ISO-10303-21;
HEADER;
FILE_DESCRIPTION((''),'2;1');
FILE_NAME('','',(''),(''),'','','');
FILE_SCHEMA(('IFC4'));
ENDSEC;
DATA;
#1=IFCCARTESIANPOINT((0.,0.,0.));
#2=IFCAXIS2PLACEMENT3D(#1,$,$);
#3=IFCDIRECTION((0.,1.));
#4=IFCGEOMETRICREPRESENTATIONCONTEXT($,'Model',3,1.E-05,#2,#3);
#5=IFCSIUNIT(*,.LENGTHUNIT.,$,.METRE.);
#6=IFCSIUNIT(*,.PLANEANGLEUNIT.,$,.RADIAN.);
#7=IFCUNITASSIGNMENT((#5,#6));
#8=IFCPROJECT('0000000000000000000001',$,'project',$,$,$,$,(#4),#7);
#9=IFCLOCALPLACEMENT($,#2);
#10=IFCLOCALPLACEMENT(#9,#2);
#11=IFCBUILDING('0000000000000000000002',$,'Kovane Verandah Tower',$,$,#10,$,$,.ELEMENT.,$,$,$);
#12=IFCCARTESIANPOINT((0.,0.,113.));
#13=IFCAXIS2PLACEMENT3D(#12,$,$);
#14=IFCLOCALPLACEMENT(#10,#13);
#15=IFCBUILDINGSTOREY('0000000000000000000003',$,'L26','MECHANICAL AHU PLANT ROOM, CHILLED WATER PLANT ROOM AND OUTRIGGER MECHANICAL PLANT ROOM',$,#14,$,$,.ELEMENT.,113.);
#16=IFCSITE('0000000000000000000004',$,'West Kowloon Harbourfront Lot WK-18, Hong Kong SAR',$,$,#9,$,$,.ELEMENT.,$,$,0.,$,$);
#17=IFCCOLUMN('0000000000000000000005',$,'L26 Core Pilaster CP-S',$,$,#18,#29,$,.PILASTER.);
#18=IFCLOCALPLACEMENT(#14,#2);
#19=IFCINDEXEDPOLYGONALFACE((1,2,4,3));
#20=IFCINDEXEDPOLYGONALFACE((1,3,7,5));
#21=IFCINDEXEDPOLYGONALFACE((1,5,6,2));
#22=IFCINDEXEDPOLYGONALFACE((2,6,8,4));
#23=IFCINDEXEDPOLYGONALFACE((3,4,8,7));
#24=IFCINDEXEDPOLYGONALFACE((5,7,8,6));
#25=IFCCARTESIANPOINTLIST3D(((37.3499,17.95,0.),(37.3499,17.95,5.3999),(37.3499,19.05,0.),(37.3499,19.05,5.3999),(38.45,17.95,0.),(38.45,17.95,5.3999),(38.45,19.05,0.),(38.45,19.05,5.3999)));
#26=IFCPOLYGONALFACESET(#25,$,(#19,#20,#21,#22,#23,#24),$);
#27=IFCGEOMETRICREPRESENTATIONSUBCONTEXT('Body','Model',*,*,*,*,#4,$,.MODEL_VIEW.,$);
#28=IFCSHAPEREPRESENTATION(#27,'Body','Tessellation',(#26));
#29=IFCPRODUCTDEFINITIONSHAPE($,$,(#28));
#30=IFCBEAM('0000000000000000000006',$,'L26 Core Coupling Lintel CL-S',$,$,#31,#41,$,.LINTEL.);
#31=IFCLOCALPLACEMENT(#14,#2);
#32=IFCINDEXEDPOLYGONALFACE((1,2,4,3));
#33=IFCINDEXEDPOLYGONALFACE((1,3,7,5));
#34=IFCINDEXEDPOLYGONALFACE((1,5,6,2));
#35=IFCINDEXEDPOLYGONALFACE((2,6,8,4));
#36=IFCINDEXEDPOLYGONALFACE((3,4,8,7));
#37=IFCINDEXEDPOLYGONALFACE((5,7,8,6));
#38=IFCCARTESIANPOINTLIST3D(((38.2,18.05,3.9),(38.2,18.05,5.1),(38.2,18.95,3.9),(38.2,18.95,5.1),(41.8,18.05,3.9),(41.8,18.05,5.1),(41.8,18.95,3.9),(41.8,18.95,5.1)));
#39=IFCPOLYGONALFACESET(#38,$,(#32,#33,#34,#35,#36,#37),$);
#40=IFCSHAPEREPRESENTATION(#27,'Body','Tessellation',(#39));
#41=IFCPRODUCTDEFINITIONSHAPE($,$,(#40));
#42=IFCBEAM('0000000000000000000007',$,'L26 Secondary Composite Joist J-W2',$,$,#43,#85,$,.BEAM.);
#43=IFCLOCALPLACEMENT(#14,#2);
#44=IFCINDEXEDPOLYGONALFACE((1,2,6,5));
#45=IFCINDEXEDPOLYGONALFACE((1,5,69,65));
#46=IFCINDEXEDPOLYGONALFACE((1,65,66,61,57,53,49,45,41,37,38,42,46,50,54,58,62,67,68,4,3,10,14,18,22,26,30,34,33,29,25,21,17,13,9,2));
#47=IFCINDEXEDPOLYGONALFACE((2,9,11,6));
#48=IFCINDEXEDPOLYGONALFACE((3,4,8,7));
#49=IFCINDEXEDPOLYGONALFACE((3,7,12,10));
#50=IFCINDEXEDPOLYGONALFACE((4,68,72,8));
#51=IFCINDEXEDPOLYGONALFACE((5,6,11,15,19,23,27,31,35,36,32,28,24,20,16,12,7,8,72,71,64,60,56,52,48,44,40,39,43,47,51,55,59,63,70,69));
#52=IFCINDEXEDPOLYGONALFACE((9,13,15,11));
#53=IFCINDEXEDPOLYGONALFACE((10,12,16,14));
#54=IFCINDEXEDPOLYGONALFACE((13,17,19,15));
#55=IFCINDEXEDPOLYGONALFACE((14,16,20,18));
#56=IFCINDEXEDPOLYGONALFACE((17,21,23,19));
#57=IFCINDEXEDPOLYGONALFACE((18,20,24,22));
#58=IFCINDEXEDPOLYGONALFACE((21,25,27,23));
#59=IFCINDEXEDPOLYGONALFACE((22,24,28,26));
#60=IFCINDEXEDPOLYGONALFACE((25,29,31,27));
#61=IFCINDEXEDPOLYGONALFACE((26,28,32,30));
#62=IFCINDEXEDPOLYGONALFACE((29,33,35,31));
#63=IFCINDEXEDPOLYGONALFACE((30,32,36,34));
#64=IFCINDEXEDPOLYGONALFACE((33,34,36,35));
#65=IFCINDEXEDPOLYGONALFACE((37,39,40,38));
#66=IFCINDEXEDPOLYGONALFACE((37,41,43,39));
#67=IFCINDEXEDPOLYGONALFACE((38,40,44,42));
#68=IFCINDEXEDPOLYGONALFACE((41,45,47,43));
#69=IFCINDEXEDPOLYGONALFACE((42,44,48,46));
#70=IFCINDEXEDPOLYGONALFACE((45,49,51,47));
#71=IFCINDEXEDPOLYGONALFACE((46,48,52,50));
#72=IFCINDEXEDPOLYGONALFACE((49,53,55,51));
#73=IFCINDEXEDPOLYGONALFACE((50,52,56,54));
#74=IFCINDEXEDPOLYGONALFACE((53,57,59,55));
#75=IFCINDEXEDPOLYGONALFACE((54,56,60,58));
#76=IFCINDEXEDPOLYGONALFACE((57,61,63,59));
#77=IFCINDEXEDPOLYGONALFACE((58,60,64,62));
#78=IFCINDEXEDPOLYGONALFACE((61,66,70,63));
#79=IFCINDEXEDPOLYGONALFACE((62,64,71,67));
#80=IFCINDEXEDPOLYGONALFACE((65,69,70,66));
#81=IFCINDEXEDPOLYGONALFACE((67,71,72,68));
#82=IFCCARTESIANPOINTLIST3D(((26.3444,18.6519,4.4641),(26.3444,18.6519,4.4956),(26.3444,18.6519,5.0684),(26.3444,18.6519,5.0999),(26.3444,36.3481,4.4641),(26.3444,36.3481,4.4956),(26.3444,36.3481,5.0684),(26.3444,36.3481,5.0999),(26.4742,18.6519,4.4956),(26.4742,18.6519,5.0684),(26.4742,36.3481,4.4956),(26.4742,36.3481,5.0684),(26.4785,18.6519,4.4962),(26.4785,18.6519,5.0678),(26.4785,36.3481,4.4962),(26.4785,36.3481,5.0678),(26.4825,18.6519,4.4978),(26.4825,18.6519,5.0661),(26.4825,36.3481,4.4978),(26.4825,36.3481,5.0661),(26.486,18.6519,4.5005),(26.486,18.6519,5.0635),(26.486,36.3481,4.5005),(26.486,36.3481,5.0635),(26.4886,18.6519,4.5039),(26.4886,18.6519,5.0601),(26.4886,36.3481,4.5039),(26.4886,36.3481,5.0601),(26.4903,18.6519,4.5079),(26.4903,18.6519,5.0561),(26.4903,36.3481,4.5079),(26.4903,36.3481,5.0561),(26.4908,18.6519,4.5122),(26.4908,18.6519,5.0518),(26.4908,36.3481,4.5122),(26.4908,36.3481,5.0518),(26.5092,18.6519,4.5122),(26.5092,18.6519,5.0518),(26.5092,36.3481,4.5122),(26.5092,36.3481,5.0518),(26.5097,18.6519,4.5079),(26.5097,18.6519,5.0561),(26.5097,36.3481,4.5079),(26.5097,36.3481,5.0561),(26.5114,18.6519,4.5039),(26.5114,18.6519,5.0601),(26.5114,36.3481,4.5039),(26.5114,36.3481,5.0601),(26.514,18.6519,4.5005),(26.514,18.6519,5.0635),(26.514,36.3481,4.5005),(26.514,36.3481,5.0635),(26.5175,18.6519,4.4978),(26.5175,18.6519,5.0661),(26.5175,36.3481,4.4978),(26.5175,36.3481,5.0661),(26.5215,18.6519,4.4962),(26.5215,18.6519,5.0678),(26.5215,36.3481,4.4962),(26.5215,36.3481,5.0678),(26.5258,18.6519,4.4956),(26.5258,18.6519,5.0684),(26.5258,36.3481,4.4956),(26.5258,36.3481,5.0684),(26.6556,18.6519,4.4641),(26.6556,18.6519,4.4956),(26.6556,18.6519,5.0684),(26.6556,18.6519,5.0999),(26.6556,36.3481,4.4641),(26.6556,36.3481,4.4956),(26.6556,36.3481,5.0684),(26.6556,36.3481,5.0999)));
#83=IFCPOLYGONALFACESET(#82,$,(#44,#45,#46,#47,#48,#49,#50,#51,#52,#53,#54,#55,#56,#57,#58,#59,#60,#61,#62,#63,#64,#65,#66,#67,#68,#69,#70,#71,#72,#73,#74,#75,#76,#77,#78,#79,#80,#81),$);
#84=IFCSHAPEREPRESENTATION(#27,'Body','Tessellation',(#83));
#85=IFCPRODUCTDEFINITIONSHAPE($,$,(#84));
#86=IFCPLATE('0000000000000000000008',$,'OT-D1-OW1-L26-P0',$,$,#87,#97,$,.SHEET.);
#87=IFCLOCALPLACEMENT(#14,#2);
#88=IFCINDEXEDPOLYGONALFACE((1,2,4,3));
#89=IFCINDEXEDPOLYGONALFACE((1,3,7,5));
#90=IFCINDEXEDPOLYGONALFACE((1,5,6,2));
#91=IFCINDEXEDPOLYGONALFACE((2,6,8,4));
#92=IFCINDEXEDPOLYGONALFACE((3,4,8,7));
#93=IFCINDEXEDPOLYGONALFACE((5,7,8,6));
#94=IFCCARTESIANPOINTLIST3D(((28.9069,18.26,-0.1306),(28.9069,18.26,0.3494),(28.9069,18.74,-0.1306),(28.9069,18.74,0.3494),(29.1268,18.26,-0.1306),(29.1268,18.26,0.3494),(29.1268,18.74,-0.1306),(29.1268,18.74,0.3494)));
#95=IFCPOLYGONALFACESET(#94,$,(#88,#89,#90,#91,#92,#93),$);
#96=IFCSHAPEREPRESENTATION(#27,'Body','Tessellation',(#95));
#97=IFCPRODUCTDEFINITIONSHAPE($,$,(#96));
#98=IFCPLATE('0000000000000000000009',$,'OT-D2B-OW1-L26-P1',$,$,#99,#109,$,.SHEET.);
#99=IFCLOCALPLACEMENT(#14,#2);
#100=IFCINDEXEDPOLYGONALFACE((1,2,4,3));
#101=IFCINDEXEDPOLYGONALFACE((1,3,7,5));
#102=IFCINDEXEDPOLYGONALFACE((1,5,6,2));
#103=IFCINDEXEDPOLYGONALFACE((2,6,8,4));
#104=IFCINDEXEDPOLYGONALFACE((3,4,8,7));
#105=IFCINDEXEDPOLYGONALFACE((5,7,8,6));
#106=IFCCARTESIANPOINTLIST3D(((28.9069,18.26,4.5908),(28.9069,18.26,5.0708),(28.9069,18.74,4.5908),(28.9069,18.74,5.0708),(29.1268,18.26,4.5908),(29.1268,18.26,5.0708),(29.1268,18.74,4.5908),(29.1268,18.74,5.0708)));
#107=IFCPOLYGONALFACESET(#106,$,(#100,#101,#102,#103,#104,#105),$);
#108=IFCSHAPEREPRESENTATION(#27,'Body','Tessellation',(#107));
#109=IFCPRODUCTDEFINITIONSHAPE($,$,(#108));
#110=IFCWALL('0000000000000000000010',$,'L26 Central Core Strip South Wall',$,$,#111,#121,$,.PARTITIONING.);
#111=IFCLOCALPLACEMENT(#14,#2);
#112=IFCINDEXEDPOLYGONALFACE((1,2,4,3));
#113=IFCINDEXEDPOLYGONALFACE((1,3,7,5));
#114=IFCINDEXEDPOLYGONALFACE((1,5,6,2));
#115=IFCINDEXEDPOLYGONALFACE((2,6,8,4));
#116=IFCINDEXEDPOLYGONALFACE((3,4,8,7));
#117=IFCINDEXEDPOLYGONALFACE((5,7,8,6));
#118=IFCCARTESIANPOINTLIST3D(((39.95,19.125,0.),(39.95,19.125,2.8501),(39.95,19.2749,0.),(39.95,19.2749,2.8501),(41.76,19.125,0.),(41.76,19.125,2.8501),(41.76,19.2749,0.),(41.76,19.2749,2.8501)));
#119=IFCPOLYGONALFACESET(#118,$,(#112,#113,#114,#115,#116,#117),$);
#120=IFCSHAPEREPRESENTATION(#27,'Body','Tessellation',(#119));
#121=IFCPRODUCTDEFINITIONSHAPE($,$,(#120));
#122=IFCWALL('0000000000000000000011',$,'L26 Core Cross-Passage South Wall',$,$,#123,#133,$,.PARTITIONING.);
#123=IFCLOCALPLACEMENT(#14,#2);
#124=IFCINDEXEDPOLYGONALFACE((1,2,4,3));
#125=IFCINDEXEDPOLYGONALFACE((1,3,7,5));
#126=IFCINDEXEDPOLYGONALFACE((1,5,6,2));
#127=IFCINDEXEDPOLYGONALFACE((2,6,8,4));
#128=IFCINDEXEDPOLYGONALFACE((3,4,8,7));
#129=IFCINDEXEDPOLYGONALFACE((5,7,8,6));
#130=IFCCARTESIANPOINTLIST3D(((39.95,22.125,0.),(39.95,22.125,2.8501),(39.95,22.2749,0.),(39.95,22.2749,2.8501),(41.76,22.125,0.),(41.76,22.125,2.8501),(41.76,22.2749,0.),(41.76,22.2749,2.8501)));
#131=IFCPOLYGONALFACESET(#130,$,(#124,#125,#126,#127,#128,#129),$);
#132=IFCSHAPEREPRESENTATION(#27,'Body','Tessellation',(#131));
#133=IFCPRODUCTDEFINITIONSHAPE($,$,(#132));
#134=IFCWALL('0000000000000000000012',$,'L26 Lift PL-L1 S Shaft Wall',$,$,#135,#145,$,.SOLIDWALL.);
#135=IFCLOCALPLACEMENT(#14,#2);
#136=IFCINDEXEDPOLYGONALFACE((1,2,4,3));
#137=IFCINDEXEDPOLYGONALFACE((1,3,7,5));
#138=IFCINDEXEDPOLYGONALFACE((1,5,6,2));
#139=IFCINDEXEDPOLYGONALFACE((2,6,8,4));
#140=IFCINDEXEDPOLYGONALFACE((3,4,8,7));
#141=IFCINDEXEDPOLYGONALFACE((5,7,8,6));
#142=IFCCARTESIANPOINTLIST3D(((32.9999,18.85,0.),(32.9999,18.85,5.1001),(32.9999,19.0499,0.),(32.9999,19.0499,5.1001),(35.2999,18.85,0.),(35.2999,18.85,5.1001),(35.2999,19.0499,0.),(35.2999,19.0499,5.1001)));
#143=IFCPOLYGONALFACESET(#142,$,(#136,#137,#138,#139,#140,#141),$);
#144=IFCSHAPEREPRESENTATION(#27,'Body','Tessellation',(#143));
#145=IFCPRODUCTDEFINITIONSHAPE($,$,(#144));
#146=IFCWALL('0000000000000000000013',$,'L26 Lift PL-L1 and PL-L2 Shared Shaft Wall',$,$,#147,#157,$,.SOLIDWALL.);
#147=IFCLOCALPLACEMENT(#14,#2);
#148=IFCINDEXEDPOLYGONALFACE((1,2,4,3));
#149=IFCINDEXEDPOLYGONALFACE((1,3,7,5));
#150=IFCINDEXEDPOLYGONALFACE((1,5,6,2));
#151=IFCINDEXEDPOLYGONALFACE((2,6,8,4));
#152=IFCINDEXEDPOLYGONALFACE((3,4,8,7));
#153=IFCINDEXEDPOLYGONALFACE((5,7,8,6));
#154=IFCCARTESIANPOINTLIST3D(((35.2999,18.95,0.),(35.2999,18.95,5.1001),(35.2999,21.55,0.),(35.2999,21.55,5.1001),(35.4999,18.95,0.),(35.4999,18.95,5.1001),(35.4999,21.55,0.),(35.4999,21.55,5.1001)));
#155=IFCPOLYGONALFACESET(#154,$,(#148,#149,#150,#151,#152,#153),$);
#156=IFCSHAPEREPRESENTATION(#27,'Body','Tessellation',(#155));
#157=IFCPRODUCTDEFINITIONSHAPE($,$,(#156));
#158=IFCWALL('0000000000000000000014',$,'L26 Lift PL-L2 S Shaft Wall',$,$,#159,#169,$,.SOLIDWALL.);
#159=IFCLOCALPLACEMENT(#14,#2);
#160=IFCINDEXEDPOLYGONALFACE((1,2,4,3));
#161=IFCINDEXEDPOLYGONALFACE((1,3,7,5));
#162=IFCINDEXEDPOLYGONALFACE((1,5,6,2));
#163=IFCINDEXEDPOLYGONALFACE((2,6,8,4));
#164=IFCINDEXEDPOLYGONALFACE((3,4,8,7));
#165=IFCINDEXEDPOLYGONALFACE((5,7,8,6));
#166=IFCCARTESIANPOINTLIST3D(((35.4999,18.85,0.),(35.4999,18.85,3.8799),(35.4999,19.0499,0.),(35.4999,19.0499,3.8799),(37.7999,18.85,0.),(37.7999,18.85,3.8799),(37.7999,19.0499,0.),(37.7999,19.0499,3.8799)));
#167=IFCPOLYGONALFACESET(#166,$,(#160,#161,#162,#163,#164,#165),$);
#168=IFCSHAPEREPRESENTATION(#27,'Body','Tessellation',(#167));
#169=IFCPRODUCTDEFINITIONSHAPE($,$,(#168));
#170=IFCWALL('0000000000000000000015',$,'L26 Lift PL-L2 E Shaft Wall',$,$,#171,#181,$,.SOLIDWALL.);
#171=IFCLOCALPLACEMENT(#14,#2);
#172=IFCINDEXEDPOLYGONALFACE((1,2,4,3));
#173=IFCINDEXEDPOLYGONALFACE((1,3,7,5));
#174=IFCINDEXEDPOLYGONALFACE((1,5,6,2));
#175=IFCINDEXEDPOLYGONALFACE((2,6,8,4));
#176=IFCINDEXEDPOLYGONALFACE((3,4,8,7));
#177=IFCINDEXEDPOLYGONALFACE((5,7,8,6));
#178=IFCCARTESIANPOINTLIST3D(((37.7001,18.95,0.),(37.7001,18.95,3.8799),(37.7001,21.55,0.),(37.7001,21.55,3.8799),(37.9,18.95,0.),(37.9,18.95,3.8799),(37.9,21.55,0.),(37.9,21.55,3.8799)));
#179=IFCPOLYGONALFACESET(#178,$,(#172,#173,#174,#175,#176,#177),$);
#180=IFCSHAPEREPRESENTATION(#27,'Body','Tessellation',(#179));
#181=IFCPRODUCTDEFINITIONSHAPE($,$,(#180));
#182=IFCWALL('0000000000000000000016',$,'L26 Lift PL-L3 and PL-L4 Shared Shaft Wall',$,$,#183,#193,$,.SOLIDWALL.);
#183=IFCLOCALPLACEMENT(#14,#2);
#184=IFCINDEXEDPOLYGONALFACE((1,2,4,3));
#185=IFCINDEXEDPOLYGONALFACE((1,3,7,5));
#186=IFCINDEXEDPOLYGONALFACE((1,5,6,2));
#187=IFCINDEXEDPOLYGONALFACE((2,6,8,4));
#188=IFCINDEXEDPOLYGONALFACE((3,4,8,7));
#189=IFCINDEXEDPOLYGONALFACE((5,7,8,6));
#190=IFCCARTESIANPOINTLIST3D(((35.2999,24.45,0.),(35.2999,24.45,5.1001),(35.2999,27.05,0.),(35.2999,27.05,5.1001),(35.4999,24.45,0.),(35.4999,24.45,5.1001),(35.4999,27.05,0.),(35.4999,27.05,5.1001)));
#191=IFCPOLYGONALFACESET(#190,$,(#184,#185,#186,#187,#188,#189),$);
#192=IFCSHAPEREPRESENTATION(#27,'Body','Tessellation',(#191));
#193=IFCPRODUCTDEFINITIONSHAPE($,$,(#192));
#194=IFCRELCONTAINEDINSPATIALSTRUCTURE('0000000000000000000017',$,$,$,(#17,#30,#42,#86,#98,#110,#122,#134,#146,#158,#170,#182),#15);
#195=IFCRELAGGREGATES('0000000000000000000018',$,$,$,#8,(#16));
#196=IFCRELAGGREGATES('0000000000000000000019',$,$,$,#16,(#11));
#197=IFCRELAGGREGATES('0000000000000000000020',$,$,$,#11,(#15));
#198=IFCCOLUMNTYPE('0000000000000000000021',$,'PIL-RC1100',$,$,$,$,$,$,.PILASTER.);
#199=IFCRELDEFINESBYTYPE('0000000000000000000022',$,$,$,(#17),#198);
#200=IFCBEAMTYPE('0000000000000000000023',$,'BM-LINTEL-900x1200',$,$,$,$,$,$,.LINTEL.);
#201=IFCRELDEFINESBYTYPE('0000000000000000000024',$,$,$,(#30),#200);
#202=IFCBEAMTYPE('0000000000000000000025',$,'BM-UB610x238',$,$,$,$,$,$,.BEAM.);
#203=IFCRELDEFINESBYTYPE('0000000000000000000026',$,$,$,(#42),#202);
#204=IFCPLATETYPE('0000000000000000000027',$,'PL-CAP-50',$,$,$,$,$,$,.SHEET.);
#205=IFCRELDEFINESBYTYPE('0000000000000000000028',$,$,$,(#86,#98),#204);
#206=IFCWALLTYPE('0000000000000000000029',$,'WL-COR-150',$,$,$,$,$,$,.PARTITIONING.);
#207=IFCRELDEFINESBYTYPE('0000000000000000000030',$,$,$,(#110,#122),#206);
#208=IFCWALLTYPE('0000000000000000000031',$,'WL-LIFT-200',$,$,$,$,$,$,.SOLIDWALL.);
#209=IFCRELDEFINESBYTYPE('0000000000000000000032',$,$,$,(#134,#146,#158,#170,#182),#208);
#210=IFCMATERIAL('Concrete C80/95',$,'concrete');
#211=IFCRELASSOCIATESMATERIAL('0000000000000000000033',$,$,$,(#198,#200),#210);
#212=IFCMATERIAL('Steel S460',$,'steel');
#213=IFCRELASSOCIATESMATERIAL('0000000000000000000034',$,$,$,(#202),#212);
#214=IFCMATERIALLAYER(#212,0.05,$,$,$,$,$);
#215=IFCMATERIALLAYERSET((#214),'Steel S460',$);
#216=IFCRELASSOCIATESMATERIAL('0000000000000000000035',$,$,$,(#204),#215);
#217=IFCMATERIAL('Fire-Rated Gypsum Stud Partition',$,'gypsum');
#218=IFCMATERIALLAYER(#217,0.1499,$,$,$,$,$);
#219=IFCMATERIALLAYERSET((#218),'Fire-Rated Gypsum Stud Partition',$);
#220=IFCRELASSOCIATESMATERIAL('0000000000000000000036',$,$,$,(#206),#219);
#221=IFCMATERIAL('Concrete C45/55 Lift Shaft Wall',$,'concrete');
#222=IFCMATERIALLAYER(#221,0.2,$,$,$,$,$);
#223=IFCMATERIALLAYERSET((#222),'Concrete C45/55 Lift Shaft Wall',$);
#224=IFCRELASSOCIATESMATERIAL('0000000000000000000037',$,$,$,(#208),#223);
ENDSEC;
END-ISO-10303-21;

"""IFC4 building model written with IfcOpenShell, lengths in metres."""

from ifc_helpers import new_model, si_unit, direction, frame, frame_2d, origin, origin_2d, place, context, subcontext, project, spatial, rectangle, i_section, extrude, material, layer, layer_set, material_profile, profile_set, type_object, element, save


model = new_model("IFC4")

# Units and contexts
model_context = context("Model", 3, precision=1e-05, world=origin(), true_north=direction((0.0, 1.0)))
body_context = subcontext(model_context, "Body", "Model", "MODEL_VIEW")
ifc_project = project(units=[si_unit("LENGTHUNIT", "METRE"), si_unit("PLANEANGLEUNIT", "RADIAN")], contexts=[model_context])

# Site, building, storey
site_placement = place(None, origin())
site = spatial("IfcSite", under=ifc_project, at=site_placement, Name="West Kowloon Harbourfront Lot WK-18, Hong Kong SAR", CompositionType="ELEMENT", RefElevation=0.0)
building_placement = place(site_placement, origin())
building = spatial("IfcBuilding", under=site, at=building_placement, Name="Kovane Verandah Tower", CompositionType="ELEMENT")
storey_placement = place(building_placement, frame((0.0, 0.0, 113.0)))
storey = spatial("IfcBuildingStorey", under=building, at=storey_placement, Name="L26", Description="MECHANICAL AHU PLANT ROOM, CHILLED WATER PLANT ROOM AND OUTRIGGER MECHANICAL PLANT ROOM", CompositionType="ELEMENT", Elevation=113.0)

# Column
ifc_material_1 = material(Name="Concrete C80/95", Category="concrete")
ifc_material_profile_1 = material_profile(ifc_material_1, rectangle(XDim=1.1001, YDim=1.1001, at=origin_2d()), Name="RC1100x1100")
ifc_profile_set_1 = profile_set([ifc_material_profile_1], Name="Concrete C80/95")
column_type = type_object("IfcColumnType", Name="PIL-RC1100", PredefinedType="PILASTER", material=ifc_profile_set_1)
column_placement = place(storey_placement, frame((37.8999, 18.5, 0.0), z_axis=(0.0, 0.0, 1.0), x_axis=(1.0, 0.0, 0.0)))
element("IfcColumn", 1, at=column_placement, inside=storey, type_object=column_type, Name="L26 Core Pilaster CP-S", PredefinedType="PILASTER", context=body_context, shape_type="SweptSolid", body=[
    extrude(rectangle(XDim=1.1001, YDim=1.1001, at=origin_2d()), origin(), (0.0, 0.0, 1.0), 5.3999),
])

# Beams
ifc_material_profile_2 = material_profile(ifc_material_1, rectangle(XDim=0.8999, YDim=1.2, at=origin_2d()), Name="RCB900x1200")
ifc_profile_set_2 = profile_set([ifc_material_profile_2], Name="Concrete C80/95")
beam_type_1 = type_object("IfcBeamType", Name="BM-LINTEL-900x1200", PredefinedType="LINTEL", material=ifc_profile_set_2)
beam_1_placement = place(storey_placement, frame((38.2, 18.5, 4.5), z_axis=(1.0, 0.0, 0.0), x_axis=(0.0, 1.0, 0.0)))
element("IfcBeam", 2, at=beam_1_placement, inside=storey, type_object=beam_type_1, Name="L26 Core Coupling Lintel CL-S", PredefinedType="LINTEL", context=body_context, shape_type="SweptSolid", body=[
    extrude(rectangle(XDim=0.8999, YDim=1.2, at=origin_2d()), origin(), (0.0, 0.0, 1.0), 3.6001),
])
ifc_material_2 = material(Name="Steel S460", Category="steel")
ifc_material_profile_3 = material_profile(ifc_material_2, i_section(OverallWidth=0.3113, OverallDepth=0.6357, WebThickness=0.0183, FlangeThickness=0.0315, FilletRadius=0.0166, at=origin_2d()), Name="UB610x305x238")
ifc_profile_set_3 = profile_set([ifc_material_profile_3], Name="Steel S460")
beam_type_2 = type_object("IfcBeamType", Name="BM-UB610x238", PredefinedType="BEAM", material=ifc_profile_set_3)
beam_2_placement = place(storey_placement, frame((26.5, 18.6519, 4.782), z_axis=(0.0, 1.0, 0.0), x_axis=(-1.0, 0.0, 0.0)))
element("IfcBeam", 3, at=beam_2_placement, inside=storey, type_object=beam_type_2, Name="L26 Secondary Composite Joist J-W2", PredefinedType="BEAM", context=body_context, shape_type="SweptSolid", body=[
    extrude(i_section(OverallWidth=0.3113, OverallDepth=0.6357, WebThickness=0.0183, FlangeThickness=0.0315, FilletRadius=0.0166, at=origin_2d()), origin(), (0.0, 0.0, 1.0), 17.6963),
])

# Plates
ifc_layer_1 = layer(ifc_material_2, 0.05)
ifc_layer_set_1 = layer_set([ifc_layer_1], Name="Steel S460")
plate_type = type_object("IfcPlateType", Name="PL-CAP-50", PredefinedType="SHEET", material=ifc_layer_set_1)
for number, where, z_axis, x_axis, name in (
    (4, (29.0168, 18.5, -0.1306), (0.0, 0.0, 1.0), (-1.0, 0.0, 0.0), "OT-D1-OW1-L26-P0"),
    (5, (29.0168, 18.5, 4.5908), (0.0, 0.0, 1.0), (1.0, 0.0, 0.0), "OT-D2B-OW1-L26-P1"),
):
    element("IfcPlate", number, at=place(storey_placement, frame(where, z_axis=z_axis, x_axis=x_axis)), inside=storey, type_object=plate_type, Name=name, PredefinedType="SHEET", context=body_context, shape_type="SweptSolid", body=[
        extrude(rectangle(XDim=0.22, YDim=0.48, at=origin_2d()), origin(), (0.0, 0.0, 1.0), 0.48),
    ])

# Walls
ifc_material_3 = material(Name="Fire-Rated Gypsum Stud Partition", Category="gypsum")
ifc_layer_2 = layer(ifc_material_3, 0.1499)
ifc_layer_set_2 = layer_set([ifc_layer_2], Name="Fire-Rated Gypsum Stud Partition")
wall_type_1 = type_object("IfcWallType", Name="WL-COR-150", PredefinedType="PARTITIONING", material=ifc_layer_set_2)
for number, where, z_axis, x_axis, name in (
    (6, (39.95, 19.2, 0.0), (0.0, 0.0, 1.0), (1.0, 0.0, 0.0), "L26 Central Core Strip South Wall"),
    (7, (39.95, 22.2, 0.0), (0.0, 0.0, 1.0), (1.0, 0.0, 0.0), "L26 Core Cross-Passage South Wall"),
):
    element("IfcWall", number, at=place(storey_placement, frame(where, z_axis=z_axis, x_axis=x_axis)), inside=storey, type_object=wall_type_1, Name=name, PredefinedType="PARTITIONING", context=body_context, shape_type="SweptSolid", body=[
        extrude(rectangle(XDim=1.8101, YDim=0.1499, at=frame_2d((0.905, 0.0))), origin(), (0.0, 0.0, 1.0), 2.8501),
    ])
ifc_material_4 = material(Name="Concrete C45/55 Lift Shaft Wall", Category="concrete")
ifc_layer_3 = layer(ifc_material_4, 0.2)
ifc_layer_set_3 = layer_set([ifc_layer_3], Name="Concrete C45/55 Lift Shaft Wall")
wall_type_2 = type_object("IfcWallType", Name="WL-LIFT-200", PredefinedType="SOLIDWALL", material=ifc_layer_set_3)
wall_1_placement = place(storey_placement, frame((33.0, 18.95, 0.0), z_axis=(0.0, 0.0, 1.0), x_axis=(1.0, 0.0, 0.0)))
element("IfcWall", 8, at=wall_1_placement, inside=storey, type_object=wall_type_2, Name="L26 Lift PL-L1 S Shaft Wall", PredefinedType="SOLIDWALL", context=body_context, shape_type="SweptSolid", body=[
    extrude(rectangle(XDim=2.3, YDim=0.2, at=frame_2d((1.1499, 0.0))), origin(), (0.0, 0.0, 1.0), 5.1001),
])

# Walls
wall_2_placement = place(storey_placement, frame((35.3999, 18.95, 0.0), z_axis=(0.0, 0.0, 1.0), x_axis=(0.0, 1.0, 0.0)))
element("IfcWall", 9, at=wall_2_placement, inside=storey, type_object=wall_type_2, Name="L26 Lift PL-L1 and PL-L2 Shared Shaft Wall", PredefinedType="SOLIDWALL", context=body_context, shape_type="SweptSolid", body=[
    extrude(rectangle(XDim=2.6001, YDim=0.2, at=frame_2d((1.3, 0.0))), origin(), (0.0, 0.0, 1.0), 5.1001),
])
wall_3_placement = place(storey_placement, frame((35.5, 18.95, 0.0), z_axis=(0.0, 0.0, 1.0), x_axis=(1.0, 0.0, 0.0)))
element("IfcWall", 10, at=wall_3_placement, inside=storey, type_object=wall_type_2, Name="L26 Lift PL-L2 S Shaft Wall", PredefinedType="SOLIDWALL", context=body_context, shape_type="SweptSolid", body=[
    extrude(rectangle(XDim=2.3, YDim=0.2, at=frame_2d((1.1499, 0.0))), origin(), (0.0, 0.0, 1.0), 3.8799),
])

# Wall
wall_4_placement = place(storey_placement, frame((37.8, 18.95, 0.0), z_axis=(0.0, 0.0, 1.0), x_axis=(0.0, 1.0, 0.0)))
element("IfcWall", 11, at=wall_4_placement, inside=storey, type_object=wall_type_2, Name="L26 Lift PL-L2 E Shaft Wall", PredefinedType="SOLIDWALL", context=body_context, shape_type="SweptSolid", body=[
    extrude(rectangle(XDim=2.6001, YDim=0.2, at=frame_2d((1.3, 0.0))), origin(), (0.0, 0.0, 1.0), 3.8799),
])

# Wall
wall_5_placement = place(storey_placement, frame((35.3999, 24.45, 0.0), z_axis=(0.0, 0.0, 1.0), x_axis=(0.0, 1.0, 0.0)))
element("IfcWall", 12, at=wall_5_placement, inside=storey, type_object=wall_type_2, Name="L26 Lift PL-L3 and PL-L4 Shared Shaft Wall", PredefinedType="SOLIDWALL", context=body_context, shape_type="SweptSolid", body=[
    extrude(rectangle(XDim=2.6001, YDim=0.2, at=frame_2d((1.3, 0.0))), origin(), (0.0, 0.0, 1.0), 5.1001),
])

save(model, "model.ifc")
